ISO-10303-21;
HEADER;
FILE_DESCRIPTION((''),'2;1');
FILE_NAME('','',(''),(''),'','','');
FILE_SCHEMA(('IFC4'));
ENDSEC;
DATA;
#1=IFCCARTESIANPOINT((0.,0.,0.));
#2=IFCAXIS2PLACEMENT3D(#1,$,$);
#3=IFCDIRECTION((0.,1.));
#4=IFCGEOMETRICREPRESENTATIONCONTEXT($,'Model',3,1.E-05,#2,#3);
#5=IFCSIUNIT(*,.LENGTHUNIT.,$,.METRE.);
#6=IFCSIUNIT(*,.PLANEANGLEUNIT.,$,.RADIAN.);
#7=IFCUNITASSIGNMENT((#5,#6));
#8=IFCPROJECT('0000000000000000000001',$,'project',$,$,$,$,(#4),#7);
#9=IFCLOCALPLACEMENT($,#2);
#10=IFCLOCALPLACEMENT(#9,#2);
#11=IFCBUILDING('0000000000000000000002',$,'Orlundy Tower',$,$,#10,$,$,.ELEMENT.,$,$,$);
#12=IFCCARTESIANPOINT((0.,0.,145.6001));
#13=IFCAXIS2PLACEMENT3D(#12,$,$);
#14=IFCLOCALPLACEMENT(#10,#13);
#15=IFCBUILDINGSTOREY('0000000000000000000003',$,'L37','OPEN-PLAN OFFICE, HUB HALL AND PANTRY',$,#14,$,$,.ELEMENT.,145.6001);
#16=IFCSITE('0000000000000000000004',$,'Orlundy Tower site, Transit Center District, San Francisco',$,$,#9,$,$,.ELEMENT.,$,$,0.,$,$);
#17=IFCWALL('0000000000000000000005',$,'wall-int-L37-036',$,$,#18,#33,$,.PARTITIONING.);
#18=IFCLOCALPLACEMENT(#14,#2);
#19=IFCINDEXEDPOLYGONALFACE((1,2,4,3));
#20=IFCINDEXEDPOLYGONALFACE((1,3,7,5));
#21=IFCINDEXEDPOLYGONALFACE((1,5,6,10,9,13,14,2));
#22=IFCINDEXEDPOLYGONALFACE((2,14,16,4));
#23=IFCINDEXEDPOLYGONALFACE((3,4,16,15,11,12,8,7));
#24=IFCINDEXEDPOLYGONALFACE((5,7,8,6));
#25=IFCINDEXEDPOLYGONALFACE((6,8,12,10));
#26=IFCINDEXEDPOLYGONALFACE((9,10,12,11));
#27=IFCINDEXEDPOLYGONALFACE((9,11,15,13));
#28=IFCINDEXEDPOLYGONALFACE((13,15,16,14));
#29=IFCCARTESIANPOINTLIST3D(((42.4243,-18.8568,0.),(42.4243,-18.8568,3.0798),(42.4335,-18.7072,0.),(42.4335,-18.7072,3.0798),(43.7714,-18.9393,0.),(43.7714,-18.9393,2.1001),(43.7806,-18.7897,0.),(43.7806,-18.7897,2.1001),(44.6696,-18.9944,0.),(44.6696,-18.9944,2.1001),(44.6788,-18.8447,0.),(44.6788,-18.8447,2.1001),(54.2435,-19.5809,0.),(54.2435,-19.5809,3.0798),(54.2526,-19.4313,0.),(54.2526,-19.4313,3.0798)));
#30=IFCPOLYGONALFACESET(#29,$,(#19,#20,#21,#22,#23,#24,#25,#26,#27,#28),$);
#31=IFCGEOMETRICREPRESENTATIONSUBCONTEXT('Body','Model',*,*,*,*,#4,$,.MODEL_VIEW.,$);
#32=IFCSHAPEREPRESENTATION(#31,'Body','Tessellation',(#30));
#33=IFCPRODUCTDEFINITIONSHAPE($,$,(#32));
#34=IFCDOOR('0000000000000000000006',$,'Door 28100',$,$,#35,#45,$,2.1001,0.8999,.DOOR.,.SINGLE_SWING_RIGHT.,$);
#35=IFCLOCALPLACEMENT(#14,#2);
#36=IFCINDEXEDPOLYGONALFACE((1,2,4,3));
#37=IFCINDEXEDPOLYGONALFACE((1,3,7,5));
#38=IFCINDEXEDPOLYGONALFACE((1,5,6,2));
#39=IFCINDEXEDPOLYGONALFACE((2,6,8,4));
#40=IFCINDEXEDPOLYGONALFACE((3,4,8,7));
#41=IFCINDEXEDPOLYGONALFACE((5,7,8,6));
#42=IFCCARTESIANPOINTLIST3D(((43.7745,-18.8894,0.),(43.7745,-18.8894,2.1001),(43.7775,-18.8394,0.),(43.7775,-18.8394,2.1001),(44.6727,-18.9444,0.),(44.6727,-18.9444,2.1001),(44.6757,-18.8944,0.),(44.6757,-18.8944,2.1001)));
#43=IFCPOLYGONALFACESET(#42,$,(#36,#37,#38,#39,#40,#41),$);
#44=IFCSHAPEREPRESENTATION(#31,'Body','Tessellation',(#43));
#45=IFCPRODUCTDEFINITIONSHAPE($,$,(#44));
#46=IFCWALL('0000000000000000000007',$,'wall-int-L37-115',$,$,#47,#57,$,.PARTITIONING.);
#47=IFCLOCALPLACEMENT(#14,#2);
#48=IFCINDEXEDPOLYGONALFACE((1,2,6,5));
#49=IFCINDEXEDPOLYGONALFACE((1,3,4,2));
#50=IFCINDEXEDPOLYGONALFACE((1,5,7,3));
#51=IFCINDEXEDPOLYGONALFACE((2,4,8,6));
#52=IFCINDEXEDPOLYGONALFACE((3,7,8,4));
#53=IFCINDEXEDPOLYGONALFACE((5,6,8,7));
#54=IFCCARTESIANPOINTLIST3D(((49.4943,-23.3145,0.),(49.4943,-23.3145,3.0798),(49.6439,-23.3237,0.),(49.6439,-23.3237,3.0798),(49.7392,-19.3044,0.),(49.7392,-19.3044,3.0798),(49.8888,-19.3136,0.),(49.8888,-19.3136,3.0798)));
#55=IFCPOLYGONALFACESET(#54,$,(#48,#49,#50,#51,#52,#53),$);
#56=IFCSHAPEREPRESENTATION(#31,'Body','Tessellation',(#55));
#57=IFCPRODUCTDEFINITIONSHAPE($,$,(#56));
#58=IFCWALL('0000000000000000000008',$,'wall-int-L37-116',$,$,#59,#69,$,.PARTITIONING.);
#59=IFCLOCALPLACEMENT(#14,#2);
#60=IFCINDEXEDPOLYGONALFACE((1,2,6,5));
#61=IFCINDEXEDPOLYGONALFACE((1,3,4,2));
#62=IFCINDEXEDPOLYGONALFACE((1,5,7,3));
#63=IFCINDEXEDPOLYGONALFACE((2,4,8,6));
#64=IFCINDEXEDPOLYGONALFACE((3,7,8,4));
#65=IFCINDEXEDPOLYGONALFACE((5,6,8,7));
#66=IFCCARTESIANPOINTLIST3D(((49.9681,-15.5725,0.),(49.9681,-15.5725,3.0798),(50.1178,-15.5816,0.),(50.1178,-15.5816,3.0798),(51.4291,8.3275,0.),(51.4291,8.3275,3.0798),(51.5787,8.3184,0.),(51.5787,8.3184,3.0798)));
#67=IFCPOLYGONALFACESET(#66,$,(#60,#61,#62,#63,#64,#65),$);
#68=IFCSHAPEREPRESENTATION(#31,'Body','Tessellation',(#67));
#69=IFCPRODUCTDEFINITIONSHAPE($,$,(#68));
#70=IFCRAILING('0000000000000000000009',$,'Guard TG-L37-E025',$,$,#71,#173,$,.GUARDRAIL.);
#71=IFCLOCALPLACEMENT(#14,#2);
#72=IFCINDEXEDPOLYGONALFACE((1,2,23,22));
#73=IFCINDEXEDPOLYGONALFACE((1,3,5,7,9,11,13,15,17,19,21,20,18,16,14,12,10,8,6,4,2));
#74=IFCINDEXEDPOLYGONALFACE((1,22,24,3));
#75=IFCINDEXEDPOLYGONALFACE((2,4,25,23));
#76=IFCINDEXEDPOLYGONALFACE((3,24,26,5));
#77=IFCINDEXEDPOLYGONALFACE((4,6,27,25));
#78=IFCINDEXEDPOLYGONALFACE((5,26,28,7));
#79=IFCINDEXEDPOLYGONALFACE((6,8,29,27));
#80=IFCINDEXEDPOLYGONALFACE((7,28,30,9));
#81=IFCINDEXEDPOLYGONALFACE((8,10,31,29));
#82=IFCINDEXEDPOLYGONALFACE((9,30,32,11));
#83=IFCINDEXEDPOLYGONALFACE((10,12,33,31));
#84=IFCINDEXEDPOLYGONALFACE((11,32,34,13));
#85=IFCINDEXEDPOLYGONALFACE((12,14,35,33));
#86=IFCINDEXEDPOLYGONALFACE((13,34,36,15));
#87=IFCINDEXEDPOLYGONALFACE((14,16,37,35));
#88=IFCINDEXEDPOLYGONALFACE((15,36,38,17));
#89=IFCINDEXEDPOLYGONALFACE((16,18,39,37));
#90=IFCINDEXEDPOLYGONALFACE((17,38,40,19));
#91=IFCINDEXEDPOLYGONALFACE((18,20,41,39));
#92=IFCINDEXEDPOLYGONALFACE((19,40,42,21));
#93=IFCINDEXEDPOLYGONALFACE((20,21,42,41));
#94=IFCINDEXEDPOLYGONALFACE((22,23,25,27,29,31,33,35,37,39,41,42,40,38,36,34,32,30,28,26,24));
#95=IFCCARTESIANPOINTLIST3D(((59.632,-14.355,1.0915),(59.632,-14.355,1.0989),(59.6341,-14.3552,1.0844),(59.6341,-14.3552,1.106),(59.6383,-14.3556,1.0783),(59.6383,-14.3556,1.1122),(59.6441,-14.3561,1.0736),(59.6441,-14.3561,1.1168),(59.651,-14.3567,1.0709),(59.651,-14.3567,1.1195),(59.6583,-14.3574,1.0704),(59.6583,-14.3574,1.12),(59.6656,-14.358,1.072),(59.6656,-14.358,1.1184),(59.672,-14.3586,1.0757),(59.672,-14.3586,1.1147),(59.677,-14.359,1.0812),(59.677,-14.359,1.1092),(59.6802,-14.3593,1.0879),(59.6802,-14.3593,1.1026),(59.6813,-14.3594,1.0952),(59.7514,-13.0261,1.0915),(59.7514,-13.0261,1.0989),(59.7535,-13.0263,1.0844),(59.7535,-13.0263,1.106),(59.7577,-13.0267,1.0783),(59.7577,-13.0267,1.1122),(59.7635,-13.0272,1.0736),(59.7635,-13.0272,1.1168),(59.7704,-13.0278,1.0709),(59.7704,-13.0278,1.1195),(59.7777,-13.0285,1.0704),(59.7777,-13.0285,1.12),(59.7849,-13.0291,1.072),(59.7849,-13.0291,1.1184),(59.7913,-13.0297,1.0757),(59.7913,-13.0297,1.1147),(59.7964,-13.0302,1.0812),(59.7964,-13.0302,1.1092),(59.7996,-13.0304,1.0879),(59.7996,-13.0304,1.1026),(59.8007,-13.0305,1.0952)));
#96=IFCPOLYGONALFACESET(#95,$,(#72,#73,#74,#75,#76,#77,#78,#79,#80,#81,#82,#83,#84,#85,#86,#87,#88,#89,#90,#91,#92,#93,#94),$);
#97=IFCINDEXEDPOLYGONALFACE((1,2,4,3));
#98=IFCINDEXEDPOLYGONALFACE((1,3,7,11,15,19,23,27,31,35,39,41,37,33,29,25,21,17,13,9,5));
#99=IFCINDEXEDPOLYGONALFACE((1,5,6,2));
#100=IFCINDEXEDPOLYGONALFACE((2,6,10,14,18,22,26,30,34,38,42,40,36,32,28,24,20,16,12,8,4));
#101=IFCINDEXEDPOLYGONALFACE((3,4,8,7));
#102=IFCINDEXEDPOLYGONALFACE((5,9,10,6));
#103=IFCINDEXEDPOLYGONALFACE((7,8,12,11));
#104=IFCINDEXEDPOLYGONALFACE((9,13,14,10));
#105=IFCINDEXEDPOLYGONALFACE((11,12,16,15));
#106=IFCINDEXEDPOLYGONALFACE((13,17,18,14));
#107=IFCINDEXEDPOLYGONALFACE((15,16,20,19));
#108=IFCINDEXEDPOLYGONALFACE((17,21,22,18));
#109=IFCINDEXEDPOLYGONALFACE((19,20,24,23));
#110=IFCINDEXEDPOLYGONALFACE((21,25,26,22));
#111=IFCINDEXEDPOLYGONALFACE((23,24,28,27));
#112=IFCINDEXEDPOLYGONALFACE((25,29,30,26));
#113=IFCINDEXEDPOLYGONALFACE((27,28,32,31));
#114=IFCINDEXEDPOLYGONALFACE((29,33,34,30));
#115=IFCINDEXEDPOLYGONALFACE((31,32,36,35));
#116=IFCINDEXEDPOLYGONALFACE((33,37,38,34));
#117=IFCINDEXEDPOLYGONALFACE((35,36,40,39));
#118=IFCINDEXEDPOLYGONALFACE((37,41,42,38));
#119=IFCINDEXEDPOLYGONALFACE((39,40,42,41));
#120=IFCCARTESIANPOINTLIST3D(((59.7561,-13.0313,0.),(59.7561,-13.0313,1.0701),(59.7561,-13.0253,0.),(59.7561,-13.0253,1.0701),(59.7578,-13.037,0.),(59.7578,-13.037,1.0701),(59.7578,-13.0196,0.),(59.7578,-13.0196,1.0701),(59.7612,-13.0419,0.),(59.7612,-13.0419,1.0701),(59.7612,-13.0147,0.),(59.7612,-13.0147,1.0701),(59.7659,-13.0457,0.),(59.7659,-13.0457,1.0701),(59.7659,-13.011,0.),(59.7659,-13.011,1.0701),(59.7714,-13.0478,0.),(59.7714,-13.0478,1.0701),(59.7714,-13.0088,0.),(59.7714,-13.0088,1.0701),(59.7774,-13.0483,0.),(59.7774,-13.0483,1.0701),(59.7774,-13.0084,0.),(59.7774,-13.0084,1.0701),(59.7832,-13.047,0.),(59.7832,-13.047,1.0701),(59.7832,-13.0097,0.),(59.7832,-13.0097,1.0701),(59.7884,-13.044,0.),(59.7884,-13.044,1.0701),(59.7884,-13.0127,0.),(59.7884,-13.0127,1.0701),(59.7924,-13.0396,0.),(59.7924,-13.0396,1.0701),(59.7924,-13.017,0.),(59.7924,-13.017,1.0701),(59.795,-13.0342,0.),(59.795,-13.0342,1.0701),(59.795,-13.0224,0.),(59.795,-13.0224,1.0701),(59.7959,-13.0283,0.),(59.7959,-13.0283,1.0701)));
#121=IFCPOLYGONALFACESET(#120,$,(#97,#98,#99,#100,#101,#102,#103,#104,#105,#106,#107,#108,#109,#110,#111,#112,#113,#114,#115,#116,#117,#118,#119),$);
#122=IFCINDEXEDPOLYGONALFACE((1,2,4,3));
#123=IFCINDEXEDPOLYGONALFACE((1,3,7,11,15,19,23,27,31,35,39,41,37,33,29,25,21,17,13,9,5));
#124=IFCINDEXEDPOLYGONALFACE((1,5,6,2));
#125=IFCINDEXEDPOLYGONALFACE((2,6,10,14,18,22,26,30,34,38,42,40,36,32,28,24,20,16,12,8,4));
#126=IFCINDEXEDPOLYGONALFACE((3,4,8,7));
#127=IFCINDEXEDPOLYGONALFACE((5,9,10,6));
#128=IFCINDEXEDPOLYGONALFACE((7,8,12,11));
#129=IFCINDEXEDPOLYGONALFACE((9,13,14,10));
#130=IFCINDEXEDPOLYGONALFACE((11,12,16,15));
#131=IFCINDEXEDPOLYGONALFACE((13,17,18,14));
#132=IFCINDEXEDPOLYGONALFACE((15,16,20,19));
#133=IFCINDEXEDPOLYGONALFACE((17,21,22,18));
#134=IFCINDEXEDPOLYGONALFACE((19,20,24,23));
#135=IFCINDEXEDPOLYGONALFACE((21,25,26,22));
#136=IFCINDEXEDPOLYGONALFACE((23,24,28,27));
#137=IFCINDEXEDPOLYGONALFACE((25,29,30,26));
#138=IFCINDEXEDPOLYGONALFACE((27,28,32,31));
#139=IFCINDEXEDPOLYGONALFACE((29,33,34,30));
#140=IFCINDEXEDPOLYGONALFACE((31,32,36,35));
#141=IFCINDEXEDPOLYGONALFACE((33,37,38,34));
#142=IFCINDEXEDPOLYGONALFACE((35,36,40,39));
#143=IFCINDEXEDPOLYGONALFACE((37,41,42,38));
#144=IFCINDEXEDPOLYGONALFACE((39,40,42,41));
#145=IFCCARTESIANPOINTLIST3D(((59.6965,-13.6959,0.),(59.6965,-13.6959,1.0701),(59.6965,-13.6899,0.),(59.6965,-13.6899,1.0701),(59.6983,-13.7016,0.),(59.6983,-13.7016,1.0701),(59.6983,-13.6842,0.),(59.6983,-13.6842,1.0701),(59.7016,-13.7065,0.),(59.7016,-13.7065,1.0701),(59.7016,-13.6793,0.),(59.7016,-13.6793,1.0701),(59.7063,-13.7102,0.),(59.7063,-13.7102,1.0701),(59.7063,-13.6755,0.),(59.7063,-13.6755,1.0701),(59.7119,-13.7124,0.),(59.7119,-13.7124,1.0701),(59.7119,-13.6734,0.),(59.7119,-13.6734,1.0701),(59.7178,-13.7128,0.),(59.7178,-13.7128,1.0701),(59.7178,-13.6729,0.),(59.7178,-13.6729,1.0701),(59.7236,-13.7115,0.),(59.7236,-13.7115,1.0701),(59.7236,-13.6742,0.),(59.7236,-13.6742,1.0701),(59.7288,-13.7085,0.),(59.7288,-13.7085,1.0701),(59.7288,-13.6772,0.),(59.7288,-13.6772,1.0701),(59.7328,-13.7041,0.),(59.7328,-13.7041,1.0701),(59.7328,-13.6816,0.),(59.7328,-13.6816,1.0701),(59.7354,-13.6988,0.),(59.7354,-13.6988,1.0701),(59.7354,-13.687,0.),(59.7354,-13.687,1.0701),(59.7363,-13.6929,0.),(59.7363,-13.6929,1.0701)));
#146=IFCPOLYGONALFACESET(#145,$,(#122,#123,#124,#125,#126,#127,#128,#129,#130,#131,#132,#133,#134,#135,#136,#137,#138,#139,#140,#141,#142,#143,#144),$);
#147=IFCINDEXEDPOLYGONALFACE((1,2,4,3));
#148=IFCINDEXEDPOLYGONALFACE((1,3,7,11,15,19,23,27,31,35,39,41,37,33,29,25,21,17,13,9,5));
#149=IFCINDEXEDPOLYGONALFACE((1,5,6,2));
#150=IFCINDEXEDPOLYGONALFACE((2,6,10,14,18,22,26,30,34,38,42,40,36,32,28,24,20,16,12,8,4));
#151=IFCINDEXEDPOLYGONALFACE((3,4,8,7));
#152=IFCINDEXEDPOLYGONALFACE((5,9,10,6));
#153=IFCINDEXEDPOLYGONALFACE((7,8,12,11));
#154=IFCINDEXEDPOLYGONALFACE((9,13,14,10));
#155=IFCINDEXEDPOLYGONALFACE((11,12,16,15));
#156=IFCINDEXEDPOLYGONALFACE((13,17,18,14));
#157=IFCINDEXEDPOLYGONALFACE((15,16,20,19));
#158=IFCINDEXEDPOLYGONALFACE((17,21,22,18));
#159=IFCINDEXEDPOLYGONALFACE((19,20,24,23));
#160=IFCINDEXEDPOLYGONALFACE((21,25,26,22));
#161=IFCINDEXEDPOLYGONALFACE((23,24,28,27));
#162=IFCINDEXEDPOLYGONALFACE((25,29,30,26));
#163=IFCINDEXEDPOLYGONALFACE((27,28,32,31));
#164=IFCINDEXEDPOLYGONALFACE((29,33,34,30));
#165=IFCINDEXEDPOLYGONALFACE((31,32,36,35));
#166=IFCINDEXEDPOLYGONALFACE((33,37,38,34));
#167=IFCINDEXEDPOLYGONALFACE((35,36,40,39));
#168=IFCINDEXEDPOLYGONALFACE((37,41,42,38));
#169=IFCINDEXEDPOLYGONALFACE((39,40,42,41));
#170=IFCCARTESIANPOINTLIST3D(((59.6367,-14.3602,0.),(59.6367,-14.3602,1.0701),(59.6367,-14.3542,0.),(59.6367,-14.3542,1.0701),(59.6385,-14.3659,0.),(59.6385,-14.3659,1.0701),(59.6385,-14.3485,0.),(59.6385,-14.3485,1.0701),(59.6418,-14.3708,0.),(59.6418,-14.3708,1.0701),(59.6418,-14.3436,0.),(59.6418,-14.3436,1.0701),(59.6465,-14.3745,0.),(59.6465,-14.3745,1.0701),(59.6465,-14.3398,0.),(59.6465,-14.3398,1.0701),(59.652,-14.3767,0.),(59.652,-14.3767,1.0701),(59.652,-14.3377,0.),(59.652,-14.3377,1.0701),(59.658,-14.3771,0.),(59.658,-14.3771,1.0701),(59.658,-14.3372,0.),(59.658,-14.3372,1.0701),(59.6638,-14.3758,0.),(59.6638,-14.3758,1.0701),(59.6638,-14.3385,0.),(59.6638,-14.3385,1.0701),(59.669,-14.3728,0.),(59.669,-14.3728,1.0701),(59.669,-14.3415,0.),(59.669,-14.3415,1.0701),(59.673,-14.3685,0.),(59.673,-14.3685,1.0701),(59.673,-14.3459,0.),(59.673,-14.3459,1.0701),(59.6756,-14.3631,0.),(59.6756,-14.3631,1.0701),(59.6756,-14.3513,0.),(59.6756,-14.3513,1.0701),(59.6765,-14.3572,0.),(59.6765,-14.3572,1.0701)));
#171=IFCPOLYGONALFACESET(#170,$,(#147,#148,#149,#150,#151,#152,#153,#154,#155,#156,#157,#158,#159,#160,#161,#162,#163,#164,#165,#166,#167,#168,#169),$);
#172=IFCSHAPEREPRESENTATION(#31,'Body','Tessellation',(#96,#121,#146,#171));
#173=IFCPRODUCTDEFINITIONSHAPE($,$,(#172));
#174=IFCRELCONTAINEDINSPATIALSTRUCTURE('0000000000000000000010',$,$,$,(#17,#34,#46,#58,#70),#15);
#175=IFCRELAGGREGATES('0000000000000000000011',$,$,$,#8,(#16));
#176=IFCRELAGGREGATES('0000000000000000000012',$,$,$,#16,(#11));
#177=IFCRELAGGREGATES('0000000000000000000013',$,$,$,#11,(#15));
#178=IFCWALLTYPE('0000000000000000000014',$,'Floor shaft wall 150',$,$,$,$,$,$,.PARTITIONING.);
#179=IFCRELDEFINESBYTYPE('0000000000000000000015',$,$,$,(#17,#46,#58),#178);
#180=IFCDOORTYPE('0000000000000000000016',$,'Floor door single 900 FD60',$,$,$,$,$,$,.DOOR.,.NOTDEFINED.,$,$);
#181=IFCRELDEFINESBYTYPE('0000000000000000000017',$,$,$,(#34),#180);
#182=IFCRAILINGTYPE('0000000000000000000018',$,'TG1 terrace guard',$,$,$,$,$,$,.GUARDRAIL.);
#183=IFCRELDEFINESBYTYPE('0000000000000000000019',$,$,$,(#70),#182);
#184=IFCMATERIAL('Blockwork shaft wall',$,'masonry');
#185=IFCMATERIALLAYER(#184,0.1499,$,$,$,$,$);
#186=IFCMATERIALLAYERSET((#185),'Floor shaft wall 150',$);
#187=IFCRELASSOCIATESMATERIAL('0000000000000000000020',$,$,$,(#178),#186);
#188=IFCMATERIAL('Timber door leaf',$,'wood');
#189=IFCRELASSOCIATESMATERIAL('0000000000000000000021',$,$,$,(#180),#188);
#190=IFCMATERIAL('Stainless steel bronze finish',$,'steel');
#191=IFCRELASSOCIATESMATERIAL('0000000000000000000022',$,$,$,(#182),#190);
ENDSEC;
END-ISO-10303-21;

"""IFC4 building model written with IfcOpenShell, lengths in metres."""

from ifc_helpers import new_model, si_unit, direction, frame, frame_2d, origin, origin_2d, place, context, subcontext, project, spatial, rectangle, circle, extrude, material, layer, layer_set, type_object, element, fill, save


model = new_model("IFC4")

# Units and contexts
model_context = context("Model", 3, precision=1e-05, world=origin(), true_north=direction((0.0, 1.0)))
body_context = subcontext(model_context, "Body", "Model", "MODEL_VIEW")
ifc_project = project(units=[si_unit("LENGTHUNIT", "METRE"), si_unit("PLANEANGLEUNIT", "RADIAN")], contexts=[model_context])

# Site, building, storey
site_placement = place(None, origin())
site = spatial("IfcSite", under=ifc_project, at=site_placement, Name="Orlundy Tower site, Transit Center District, San Francisco", CompositionType="ELEMENT", RefElevation=0.0)
building_placement = place(site_placement, origin())
building = spatial("IfcBuilding", under=site, at=building_placement, Name="Orlundy Tower", CompositionType="ELEMENT")
storey_placement = place(building_placement, frame((0.0, 0.0, 145.6001)))
storey = spatial("IfcBuildingStorey", under=building, at=storey_placement, Name="L37", Description="OPEN-PLAN OFFICE, HUB HALL AND PANTRY", CompositionType="ELEMENT", Elevation=145.6001)

# Wall, opening, door
ifc_material_1 = material(Name="Blockwork shaft wall", Category="masonry")
ifc_layer_1 = layer(ifc_material_1, 0.1499)
ifc_layer_set_1 = layer_set([ifc_layer_1], Name="Floor shaft wall 150")
wall_type_1 = type_object("IfcWallType", Name="Floor shaft wall 150", PredefinedType="PARTITIONING", material=ifc_layer_set_1)
wall_1_placement = place(storey_placement, frame((54.248, -19.5061, 0.0), z_axis=(0.0, 0.0, 1.0), x_axis=(-0.998128, 0.061152, 0.0)))
wall_1 = element("IfcWall", 1, at=wall_1_placement, inside=storey, type_object=wall_type_1, Name="wall-int-L37-036", PredefinedType="PARTITIONING", context=body_context, shape_type="SweptSolid", body=[
    extrude(rectangle(XDim=11.8413, YDim=0.1499, at=frame_2d((5.9207, 0.0))), origin(), (0.0, 0.0, 1.0), 3.0798),
])
opening_1_placement = place(wall_1_placement, frame((9.5918, 0.0, 0.0)))
opening_1 = element("IfcOpeningElement", 2, at=opening_1_placement, cuts=wall_1, PredefinedType="OPENING", context=body_context, shape_type="SweptSolid", body=[
    extrude(rectangle(XDim=0.8999, YDim=2.1001, at=frame_2d((0.45, 1.05))), frame((0.0, 0.085, 0.0), z_axis=(0.0, -1.0, 0.0), x_axis=(1.0, 0.0, 0.0)), (0.0, 0.0, 1.0), 0.1699),
])
ifc_material_2 = material(Name="Timber door leaf", Category="wood")
door_type_1 = type_object("IfcDoorType", Name="Floor door single 900 FD60", OperationType="NOTDEFINED", PredefinedType="DOOR", material=ifc_material_2)
door_1_placement = place(opening_1_placement, origin())
door_1 = element("IfcDoor", 3, at=door_1_placement, inside=storey, type_object=door_type_1, Name="Door 28100", OperationType="SINGLE_SWING_RIGHT", OverallHeight=2.1001, OverallWidth=0.8999, PredefinedType="DOOR", context=body_context, shape_type="SweptSolid", body=[
    extrude(rectangle(XDim=0.8999, YDim=2.1001, at=frame_2d((0.45, 1.05))), frame((0.0, 0.0249, 0.0), z_axis=(0.0, -1.0, 0.0), x_axis=(1.0, 0.0, 0.0)), (0.0, 0.0, 1.0), 0.05),
])
fill(opening_1, door_1)

# Walls
wall_2_placement = place(storey_placement, frame((49.5691, -23.3191, 0.0), z_axis=(0.0, 0.0, 1.0), x_axis=(0.060952, 0.998141, 0.0)))
element("IfcWall", 4, at=wall_2_placement, inside=storey, type_object=wall_type_1, Name="wall-int-L37-115", PredefinedType="PARTITIONING", context=body_context, shape_type="SweptSolid", body=[
    extrude(rectangle(XDim=4.0176, YDim=0.1499, at=frame_2d((2.0088, 0.0))), origin(), (0.0, 0.0, 1.0), 3.0798),
])
wall_3_placement = place(storey_placement, frame((50.043, -15.5769, 0.0), z_axis=(0.0, 0.0, 1.0), x_axis=(0.061013, 0.998137, 0.0)))
element("IfcWall", 5, at=wall_3_placement, inside=storey, type_object=wall_type_1, Name="wall-int-L37-116", PredefinedType="PARTITIONING", context=body_context, shape_type="SweptSolid", body=[
    extrude(rectangle(XDim=23.9446, YDim=0.1499, at=frame_2d((11.9722, 0.0))), origin(), (0.0, 0.0, 1.0), 3.0798),
])

# Railing
ifc_material_3 = material(Name="Stainless steel bronze finish", Category="steel")
railing_type = type_object("IfcRailingType", Name="TG1 terrace guard", PredefinedType="GUARDRAIL", material=ifc_material_3)
railing_1_placement = place(storey_placement, frame((59.7759, -13.0283, 0.0)))
element("IfcRailing", 6, at=railing_1_placement, inside=storey, type_object=railing_type, Name="Guard TG-L37-E025", PredefinedType="GUARDRAIL", context=body_context, shape_type="SweptSolid", body=[
    extrude(circle(Radius=0.0249, at=origin_2d()), frame((0.0, 0.0, 1.0952), z_axis=(-0.08948, -0.995989, 0.0), x_axis=(0.995989, -0.08948, 0.0)), (0.0, 0.0, 1.0), 1.3342),
    extrude(circle(Radius=0.02, at=origin_2d()), origin(), (0.0, 0.0, 1.0), 1.0701),
    extrude(circle(Radius=0.02, at=origin_2d()), frame((-0.0596, -0.6646, 0.0)), (0.0, 0.0, 1.0), 1.0701),
    extrude(circle(Radius=0.02, at=origin_2d()), frame((-0.1194, -1.3289, 0.0)), (0.0, 0.0, 1.0), 1.0701),
])

save(model, "model.ifc")
